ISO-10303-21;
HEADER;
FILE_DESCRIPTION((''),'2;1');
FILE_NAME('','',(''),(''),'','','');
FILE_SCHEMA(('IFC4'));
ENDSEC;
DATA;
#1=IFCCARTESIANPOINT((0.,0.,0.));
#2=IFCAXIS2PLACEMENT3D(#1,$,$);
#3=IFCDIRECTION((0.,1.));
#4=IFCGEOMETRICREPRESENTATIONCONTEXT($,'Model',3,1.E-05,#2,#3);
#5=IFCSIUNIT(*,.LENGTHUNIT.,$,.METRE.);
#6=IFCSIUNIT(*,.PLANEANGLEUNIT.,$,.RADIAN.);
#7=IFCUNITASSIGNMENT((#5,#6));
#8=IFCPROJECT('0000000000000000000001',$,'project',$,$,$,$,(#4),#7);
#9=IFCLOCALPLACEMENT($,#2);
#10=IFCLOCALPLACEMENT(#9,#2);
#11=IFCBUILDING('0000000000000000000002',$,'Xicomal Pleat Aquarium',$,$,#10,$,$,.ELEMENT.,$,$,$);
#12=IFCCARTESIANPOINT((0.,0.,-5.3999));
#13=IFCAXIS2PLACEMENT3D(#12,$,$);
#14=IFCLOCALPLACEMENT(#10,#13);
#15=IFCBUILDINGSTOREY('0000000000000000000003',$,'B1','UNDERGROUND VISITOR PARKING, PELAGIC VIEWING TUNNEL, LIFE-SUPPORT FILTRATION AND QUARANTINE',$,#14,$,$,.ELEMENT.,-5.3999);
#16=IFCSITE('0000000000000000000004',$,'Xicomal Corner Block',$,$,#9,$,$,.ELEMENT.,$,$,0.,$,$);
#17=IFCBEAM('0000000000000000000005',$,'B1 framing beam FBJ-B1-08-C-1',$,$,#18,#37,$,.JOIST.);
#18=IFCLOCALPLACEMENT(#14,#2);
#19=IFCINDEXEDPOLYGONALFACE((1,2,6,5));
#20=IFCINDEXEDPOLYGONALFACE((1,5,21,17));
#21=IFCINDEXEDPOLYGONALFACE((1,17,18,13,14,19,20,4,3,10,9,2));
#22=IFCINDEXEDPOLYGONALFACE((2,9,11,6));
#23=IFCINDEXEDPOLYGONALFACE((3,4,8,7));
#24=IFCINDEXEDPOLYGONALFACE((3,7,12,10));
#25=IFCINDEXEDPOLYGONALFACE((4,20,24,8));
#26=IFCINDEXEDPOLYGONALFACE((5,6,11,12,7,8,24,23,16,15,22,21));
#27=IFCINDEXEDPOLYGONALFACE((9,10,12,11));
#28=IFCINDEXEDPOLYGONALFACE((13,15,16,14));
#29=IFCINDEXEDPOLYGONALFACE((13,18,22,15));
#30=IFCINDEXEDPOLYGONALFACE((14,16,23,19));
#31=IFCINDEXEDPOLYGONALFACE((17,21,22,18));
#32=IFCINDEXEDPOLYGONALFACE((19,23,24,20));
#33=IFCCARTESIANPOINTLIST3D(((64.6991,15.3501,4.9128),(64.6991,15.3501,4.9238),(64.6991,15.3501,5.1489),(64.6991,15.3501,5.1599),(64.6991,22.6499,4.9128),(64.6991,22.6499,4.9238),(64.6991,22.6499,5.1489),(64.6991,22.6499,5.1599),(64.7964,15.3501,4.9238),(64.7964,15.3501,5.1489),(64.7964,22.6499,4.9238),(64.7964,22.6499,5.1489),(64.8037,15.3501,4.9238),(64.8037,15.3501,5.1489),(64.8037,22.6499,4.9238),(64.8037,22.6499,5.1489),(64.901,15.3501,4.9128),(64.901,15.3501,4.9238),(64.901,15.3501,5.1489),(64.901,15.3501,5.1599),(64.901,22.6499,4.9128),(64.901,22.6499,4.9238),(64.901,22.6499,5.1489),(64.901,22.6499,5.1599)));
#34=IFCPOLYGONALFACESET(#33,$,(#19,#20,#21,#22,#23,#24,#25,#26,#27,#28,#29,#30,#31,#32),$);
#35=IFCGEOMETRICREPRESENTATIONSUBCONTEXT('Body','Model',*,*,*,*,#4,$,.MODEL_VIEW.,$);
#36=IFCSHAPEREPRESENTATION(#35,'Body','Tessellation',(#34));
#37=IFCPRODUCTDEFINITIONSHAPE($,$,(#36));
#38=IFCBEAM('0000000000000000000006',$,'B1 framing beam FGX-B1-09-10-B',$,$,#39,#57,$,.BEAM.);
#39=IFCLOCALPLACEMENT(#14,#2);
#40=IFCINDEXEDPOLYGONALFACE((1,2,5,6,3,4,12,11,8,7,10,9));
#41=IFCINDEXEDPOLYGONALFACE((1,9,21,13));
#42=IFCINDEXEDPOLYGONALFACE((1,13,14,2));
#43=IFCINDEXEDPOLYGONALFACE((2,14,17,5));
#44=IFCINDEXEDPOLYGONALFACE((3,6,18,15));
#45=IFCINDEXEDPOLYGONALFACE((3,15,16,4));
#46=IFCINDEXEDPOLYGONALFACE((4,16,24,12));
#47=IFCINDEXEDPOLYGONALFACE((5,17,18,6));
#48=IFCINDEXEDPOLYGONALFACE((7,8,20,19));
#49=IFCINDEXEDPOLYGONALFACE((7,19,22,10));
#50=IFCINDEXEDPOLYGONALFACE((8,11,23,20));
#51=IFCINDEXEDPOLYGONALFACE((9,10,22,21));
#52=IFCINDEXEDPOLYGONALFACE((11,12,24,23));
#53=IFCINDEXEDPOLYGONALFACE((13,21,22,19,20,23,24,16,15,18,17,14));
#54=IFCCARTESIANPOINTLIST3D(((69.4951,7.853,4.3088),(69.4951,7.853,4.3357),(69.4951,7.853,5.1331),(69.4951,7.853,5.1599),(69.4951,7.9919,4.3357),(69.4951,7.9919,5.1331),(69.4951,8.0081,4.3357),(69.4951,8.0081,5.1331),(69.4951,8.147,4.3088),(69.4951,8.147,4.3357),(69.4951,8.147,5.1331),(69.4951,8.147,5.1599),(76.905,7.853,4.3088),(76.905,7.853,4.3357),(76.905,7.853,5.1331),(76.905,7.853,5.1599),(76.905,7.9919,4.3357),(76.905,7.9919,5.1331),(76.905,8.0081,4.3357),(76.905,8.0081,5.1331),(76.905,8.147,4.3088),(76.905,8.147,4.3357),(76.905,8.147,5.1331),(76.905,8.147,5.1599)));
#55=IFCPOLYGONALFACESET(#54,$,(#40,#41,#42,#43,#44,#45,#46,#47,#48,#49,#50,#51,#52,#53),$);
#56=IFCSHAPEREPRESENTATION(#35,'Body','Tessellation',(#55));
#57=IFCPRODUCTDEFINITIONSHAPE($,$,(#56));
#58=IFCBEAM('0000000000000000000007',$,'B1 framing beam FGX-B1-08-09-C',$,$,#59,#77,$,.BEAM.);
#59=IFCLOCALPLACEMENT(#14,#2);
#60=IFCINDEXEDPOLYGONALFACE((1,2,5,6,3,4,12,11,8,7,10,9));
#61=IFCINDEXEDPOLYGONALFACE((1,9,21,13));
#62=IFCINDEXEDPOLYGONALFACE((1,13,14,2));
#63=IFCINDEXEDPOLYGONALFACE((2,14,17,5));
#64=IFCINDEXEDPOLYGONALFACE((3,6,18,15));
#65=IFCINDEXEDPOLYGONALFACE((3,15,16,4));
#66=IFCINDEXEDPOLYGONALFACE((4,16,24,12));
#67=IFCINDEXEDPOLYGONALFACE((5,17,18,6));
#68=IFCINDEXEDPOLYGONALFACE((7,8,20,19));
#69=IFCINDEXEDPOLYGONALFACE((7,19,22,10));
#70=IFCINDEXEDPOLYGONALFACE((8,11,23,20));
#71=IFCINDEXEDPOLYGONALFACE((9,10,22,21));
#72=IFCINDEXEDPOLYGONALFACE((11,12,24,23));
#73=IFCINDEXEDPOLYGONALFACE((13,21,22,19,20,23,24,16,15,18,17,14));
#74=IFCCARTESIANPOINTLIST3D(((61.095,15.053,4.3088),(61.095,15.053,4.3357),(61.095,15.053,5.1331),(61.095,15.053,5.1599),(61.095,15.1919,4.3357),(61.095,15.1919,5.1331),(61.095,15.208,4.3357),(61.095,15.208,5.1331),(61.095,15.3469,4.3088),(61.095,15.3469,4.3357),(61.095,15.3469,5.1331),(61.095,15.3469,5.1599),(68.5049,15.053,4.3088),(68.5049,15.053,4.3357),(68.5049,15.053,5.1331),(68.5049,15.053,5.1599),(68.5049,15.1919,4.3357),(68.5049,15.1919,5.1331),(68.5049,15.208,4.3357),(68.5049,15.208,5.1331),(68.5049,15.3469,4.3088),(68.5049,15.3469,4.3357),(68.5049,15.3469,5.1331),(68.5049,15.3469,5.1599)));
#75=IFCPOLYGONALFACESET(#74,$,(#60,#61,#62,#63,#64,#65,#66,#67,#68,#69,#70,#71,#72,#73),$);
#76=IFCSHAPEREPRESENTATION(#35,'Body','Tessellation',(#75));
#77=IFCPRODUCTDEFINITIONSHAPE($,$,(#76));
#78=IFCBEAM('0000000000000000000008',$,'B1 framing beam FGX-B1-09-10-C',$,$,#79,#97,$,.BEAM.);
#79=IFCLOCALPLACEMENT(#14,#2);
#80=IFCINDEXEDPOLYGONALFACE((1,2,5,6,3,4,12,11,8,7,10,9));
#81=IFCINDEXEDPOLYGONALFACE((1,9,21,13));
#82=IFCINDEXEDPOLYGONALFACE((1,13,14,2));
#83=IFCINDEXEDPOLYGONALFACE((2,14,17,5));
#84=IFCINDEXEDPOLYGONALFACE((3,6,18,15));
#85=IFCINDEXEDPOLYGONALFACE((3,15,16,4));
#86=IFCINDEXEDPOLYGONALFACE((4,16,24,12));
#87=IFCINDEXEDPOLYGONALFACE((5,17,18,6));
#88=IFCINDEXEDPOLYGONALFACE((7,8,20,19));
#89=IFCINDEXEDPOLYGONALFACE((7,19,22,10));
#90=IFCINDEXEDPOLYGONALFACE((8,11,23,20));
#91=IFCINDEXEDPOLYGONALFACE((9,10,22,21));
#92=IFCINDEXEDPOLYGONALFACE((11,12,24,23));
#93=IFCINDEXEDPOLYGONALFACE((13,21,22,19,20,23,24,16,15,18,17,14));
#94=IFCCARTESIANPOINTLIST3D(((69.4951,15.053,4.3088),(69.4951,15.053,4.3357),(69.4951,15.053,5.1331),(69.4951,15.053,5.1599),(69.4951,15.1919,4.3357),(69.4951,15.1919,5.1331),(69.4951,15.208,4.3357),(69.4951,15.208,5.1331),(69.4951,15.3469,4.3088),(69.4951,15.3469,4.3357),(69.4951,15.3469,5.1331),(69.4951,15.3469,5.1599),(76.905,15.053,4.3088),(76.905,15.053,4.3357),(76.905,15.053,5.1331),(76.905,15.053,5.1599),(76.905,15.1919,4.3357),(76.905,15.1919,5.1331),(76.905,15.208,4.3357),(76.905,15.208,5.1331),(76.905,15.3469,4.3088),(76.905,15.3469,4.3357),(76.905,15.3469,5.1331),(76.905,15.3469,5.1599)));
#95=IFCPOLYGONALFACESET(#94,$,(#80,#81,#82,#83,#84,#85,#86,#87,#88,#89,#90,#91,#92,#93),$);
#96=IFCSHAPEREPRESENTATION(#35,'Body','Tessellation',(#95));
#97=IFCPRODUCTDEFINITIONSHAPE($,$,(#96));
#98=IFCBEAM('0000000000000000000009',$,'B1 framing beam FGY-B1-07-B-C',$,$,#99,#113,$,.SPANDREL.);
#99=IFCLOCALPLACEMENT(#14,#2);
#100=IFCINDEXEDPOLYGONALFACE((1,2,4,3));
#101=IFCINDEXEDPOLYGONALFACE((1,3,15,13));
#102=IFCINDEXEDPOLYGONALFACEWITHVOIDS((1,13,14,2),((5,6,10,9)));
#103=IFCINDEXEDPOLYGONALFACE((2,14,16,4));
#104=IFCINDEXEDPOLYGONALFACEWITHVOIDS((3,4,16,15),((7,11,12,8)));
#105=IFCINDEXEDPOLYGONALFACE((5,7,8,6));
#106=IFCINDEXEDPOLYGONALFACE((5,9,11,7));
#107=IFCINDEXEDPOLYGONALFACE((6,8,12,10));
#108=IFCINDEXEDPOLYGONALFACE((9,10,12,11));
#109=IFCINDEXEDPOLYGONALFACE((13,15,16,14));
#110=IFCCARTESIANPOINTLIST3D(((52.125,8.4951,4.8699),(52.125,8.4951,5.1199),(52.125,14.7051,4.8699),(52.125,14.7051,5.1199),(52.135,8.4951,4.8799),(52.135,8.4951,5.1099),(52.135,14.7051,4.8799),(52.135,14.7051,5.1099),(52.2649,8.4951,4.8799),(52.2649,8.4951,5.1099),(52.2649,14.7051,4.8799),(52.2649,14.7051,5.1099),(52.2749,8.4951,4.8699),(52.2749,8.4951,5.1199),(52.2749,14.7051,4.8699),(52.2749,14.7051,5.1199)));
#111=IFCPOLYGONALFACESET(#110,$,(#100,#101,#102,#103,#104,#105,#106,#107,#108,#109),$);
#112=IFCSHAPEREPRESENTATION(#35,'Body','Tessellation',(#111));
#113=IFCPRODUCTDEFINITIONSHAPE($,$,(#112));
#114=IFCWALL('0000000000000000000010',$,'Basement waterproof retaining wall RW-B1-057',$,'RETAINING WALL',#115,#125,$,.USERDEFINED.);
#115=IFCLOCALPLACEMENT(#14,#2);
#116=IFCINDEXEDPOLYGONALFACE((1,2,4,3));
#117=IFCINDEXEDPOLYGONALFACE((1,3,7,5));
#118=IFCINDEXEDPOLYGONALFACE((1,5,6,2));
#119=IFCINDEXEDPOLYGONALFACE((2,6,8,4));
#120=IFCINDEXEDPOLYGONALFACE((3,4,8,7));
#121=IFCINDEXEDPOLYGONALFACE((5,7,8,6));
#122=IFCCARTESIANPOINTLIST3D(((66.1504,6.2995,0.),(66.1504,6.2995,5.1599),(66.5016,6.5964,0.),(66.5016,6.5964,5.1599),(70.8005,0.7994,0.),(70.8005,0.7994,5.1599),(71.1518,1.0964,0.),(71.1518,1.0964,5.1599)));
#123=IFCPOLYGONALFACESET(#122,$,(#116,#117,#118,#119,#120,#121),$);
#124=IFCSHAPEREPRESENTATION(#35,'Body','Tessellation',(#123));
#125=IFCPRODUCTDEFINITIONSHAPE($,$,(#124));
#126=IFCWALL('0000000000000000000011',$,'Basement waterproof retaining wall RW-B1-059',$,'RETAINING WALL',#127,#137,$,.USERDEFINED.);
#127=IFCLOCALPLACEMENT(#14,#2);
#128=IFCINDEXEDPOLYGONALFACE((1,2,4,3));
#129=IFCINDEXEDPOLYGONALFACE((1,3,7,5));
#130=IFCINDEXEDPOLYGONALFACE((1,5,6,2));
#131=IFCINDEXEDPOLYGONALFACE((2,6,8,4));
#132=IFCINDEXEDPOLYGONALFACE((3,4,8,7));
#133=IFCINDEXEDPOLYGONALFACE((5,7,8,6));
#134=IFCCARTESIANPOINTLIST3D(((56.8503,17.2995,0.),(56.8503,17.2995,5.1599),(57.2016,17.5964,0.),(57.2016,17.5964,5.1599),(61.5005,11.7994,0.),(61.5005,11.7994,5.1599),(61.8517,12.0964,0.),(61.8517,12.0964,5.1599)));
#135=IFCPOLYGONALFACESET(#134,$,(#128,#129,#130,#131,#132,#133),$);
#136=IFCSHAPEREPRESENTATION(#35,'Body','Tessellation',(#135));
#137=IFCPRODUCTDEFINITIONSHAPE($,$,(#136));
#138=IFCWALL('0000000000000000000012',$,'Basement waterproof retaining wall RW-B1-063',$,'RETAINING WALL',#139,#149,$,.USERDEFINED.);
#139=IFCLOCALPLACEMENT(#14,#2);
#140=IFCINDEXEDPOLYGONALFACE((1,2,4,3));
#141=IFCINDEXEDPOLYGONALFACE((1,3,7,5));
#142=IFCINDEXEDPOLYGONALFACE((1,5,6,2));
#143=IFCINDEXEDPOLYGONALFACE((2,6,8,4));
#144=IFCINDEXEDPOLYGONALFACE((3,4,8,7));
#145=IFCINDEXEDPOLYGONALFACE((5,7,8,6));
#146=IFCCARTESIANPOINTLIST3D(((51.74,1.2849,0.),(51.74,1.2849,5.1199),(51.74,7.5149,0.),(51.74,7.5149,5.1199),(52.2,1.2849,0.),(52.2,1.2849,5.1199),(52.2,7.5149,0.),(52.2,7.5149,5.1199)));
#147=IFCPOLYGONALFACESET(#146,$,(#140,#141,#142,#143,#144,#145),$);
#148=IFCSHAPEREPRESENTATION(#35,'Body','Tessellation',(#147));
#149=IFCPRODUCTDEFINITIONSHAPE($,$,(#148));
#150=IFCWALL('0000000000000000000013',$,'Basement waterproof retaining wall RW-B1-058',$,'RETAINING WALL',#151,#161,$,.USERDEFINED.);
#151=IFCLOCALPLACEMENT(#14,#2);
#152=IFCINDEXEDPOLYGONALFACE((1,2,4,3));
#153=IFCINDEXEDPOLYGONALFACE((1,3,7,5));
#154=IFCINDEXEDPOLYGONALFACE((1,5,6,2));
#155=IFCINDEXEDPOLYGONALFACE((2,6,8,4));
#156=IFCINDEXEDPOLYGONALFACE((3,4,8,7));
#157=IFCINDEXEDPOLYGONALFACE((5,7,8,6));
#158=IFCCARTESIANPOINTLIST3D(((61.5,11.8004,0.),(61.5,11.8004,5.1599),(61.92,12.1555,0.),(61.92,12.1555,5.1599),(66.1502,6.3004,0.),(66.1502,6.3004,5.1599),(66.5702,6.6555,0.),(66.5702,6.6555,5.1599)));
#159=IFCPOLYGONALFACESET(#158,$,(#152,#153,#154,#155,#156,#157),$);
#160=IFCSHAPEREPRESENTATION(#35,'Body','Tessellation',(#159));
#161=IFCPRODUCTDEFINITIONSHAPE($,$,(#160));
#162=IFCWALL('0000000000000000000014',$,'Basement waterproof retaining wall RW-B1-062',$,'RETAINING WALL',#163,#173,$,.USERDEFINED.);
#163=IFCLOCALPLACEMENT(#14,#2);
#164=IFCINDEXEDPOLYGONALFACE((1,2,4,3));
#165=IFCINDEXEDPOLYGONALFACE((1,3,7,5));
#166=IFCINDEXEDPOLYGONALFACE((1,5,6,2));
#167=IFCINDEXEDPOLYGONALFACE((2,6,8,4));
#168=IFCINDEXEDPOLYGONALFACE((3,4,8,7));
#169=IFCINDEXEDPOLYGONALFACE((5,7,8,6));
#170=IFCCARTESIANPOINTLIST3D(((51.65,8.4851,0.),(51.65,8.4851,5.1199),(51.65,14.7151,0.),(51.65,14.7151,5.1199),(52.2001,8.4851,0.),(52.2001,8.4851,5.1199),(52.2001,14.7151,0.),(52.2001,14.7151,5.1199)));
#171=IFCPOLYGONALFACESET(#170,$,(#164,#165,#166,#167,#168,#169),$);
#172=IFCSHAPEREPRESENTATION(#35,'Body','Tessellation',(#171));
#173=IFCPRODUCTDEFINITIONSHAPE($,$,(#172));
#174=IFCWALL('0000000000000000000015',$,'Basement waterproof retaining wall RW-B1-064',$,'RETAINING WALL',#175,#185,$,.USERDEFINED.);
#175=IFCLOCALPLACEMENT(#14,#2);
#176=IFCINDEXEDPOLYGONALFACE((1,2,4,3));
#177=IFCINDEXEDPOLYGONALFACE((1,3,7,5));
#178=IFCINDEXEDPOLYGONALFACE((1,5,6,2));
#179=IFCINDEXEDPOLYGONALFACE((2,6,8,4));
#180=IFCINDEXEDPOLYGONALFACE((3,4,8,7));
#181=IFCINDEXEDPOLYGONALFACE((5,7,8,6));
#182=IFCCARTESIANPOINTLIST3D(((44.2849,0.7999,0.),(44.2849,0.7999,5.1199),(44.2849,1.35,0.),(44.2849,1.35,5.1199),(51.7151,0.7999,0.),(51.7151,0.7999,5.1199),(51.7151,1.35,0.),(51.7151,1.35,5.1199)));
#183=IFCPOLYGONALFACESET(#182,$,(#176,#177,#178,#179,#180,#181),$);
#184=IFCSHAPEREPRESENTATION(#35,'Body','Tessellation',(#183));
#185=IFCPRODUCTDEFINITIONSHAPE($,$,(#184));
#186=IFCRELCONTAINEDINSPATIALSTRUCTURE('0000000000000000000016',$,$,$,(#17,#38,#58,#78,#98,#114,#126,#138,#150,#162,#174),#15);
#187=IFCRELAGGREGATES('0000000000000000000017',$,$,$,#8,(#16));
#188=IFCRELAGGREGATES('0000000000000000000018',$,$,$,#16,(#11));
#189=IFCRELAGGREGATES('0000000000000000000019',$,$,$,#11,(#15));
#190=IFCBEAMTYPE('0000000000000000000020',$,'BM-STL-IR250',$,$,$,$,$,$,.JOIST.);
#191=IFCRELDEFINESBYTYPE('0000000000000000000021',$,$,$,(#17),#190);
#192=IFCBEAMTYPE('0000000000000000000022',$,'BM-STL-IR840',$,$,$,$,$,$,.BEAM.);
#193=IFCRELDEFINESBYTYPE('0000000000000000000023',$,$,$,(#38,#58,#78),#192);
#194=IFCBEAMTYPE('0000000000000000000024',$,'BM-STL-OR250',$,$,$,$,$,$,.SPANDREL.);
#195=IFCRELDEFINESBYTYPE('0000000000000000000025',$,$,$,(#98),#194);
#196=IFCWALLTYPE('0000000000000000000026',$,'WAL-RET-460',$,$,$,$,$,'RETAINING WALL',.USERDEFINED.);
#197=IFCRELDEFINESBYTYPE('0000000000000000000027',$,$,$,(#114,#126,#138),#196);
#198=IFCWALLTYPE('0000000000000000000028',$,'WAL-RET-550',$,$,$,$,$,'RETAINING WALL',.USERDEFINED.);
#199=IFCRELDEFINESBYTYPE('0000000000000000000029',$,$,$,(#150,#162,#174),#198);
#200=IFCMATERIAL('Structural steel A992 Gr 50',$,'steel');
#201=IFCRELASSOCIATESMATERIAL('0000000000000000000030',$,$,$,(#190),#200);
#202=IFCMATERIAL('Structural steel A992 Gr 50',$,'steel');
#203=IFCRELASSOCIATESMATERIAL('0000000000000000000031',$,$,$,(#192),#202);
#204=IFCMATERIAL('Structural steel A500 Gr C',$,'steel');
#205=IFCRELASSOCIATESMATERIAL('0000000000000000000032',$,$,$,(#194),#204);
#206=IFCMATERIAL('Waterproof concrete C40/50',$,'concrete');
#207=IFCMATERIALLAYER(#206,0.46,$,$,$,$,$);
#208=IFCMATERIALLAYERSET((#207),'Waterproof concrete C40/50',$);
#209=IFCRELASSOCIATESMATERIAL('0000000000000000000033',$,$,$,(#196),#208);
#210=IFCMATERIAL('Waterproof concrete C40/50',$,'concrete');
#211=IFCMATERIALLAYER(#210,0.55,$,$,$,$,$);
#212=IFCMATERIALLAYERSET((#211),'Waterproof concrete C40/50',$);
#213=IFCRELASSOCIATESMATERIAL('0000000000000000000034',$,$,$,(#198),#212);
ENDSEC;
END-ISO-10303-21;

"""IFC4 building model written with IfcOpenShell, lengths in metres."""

from ifc_helpers import new_model, si_unit, direction, frame, frame_2d, origin, origin_2d, place, context, subcontext, project, spatial, rectangle, hollow_rectangle, i_section, extrude, material, layer, layer_set, material_profile, profile_set, type_object, element, save


model = new_model("IFC4")

# Units and contexts
model_context = context("Model", 3, precision=1e-05, world=origin(), true_north=direction((0.0, 1.0)))
body_context = subcontext(model_context, "Body", "Model", "MODEL_VIEW")
ifc_project = project(units=[si_unit("LENGTHUNIT", "METRE"), si_unit("PLANEANGLEUNIT", "RADIAN")], contexts=[model_context])

# Site, building, storey
site_placement = place(None, origin())
site = spatial("IfcSite", under=ifc_project, at=site_placement, Name="Xicomal Corner Block", CompositionType="ELEMENT", RefElevation=0.0)
building_placement = place(site_placement, origin())
building = spatial("IfcBuilding", under=site, at=building_placement, Name="Xicomal Pleat Aquarium", CompositionType="ELEMENT")
storey_placement = place(building_placement, frame((0.0, 0.0, -5.3999)))
storey = spatial("IfcBuildingStorey", under=building, at=storey_placement, Name="B1", Description="UNDERGROUND VISITOR PARKING, PELAGIC VIEWING TUNNEL, LIFE-SUPPORT FILTRATION AND QUARANTINE", CompositionType="ELEMENT", Elevation=-5.3999)

# Beams
ifc_material_1 = material(Name="Structural steel A992 Gr 50", Category="steel")
ifc_material_profile_1 = material_profile(ifc_material_1, i_section(OverallWidth=0.2019, OverallDepth=0.2471, WebThickness=0.0073, FlangeThickness=0.011, at=origin_2d()), Name="IR 250x49")
ifc_profile_set_1 = profile_set([ifc_material_profile_1], Name="Structural steel A992 Gr 50")
beam_type_1 = type_object("IfcBeamType", Name="BM-STL-IR250", PredefinedType="JOIST", material=ifc_profile_set_1)
beam_1_placement = place(storey_placement, frame((64.8, 15.3501, 5.0364), z_axis=(0.0, 1.0, 0.0), x_axis=(-1.0, 0.0, 0.0)))
element("IfcBeam", 1, at=beam_1_placement, inside=storey, type_object=beam_type_1, Name="B1 framing beam FBJ-B1-08-C-1", PredefinedType="JOIST", context=body_context, shape_type="SweptSolid", body=[
    extrude(i_section(OverallWidth=0.2019, OverallDepth=0.2471, WebThickness=0.0073, FlangeThickness=0.011, at=origin_2d()), origin(), (0.0, 0.0, 1.0), 7.2998),
])
ifc_material_2 = material(Name="Structural steel A992 Gr 50", Category="steel")
ifc_material_profile_2 = material_profile(ifc_material_2, i_section(OverallWidth=0.2939, OverallDepth=0.8511, WebThickness=0.0161, FlangeThickness=0.0269, at=origin_2d()), Name="IR 840x226")
ifc_profile_set_2 = profile_set([ifc_material_profile_2], Name="Structural steel A992 Gr 50")
beam_type_2 = type_object("IfcBeamType", Name="BM-STL-IR840", PredefinedType="BEAM", material=ifc_profile_set_2)
for number, where, z_axis, x_axis, name in (
    (2, (69.4951, 8.0, 4.7344), (1.0, 0.0, 0.0), (0.0, 1.0, 0.0), "B1 framing beam FGX-B1-09-10-B"),
    (3, (61.095, 15.2, 4.7344), (1.0, 0.0, 0.0), (0.0, 1.0, 0.0), "B1 framing beam FGX-B1-08-09-C"),
    (4, (69.4951, 15.2, 4.7344), (1.0, 0.0, 0.0), (0.0, 1.0, 0.0), "B1 framing beam FGX-B1-09-10-C"),
):
    element("IfcBeam", number, at=place(storey_placement, frame(where, z_axis=z_axis, x_axis=x_axis)), inside=storey, type_object=beam_type_2, Name=name, PredefinedType="BEAM", context=body_context, shape_type="SweptSolid", body=[
        extrude(i_section(OverallWidth=0.2939, OverallDepth=0.8511, WebThickness=0.0161, FlangeThickness=0.0269, at=origin_2d()), origin(), (0.0, 0.0, 1.0), 7.4099),
    ])
ifc_material_3 = material(Name="Structural steel A500 Gr C", Category="steel")
ifc_material_profile_3 = material_profile(ifc_material_3, hollow_rectangle(XDim=0.1499, YDim=0.25, WallThickness=0.01, at=origin_2d()), Name="OR 250x150x10")
ifc_profile_set_3 = profile_set([ifc_material_profile_3], Name="Structural steel A500 Gr C")
beam_type_3 = type_object("IfcBeamType", Name="BM-STL-OR250", PredefinedType="SPANDREL", material=ifc_profile_set_3)
beam_2_placement = place(storey_placement, frame((52.2, 8.4951, 4.9949), z_axis=(0.0, 1.0, 0.0), x_axis=(-1.0, 0.0, 0.0)))
element("IfcBeam", 5, at=beam_2_placement, inside=storey, type_object=beam_type_3, Name="B1 framing beam FGY-B1-07-B-C", PredefinedType="SPANDREL", context=body_context, shape_type="SweptSolid", body=[
    extrude(hollow_rectangle(XDim=0.1499, YDim=0.25, WallThickness=0.01, at=origin_2d()), origin(), (0.0, 0.0, 1.0), 6.21),
])

# Walls
ifc_material_4 = material(Name="Waterproof concrete C40/50", Category="concrete")
ifc_layer_1 = layer(ifc_material_4, 0.46)
ifc_layer_set_1 = layer_set([ifc_layer_1], Name="Waterproof concrete C40/50")
wall_type_1 = type_object("IfcWallType", Name="WAL-RET-460", ElementType="RETAINING WALL", PredefinedType="USERDEFINED", material=ifc_layer_set_1)
for number, where, z_axis, x_axis, name in (
    (6, (70.9761, 0.948, 0.0), (0.0, 0.0, 1.0), (-0.645643, 0.76364, 0.0), "Basement waterproof retaining wall RW-B1-057"),
    (7, (61.676, 11.948, 0.0), (0.0, 0.0, 1.0), (-0.645643, 0.76364, 0.0), "Basement waterproof retaining wall RW-B1-059"),
):
    element("IfcWall", number, at=place(storey_placement, frame(where, z_axis=z_axis, x_axis=x_axis)), inside=storey, type_object=wall_type_1, Name=name, ObjectType="RETAINING WALL", PredefinedType="USERDEFINED", context=body_context, shape_type="SweptSolid", body=[
        extrude(rectangle(XDim=7.2024, YDim=0.46, at=frame_2d((3.6011, 0.0))), origin(), (0.0, 0.0, 1.0), 5.1599),
    ])
wall_1_placement = place(storey_placement, frame((51.97, 7.5149, 0.0), z_axis=(0.0, 0.0, 1.0), x_axis=(0.0, -1.0, 0.0)))
element("IfcWall", 8, at=wall_1_placement, inside=storey, type_object=wall_type_1, Name="Basement waterproof retaining wall RW-B1-063", ObjectType="RETAINING WALL", PredefinedType="USERDEFINED", context=body_context, shape_type="SweptSolid", body=[
    extrude(rectangle(XDim=6.23, YDim=0.46, at=frame_2d((3.115, 0.0))), origin(), (0.0, 0.0, 1.0), 5.1199),
])
ifc_material_5 = material(Name="Waterproof concrete C40/50", Category="concrete")
ifc_layer_2 = layer(ifc_material_5, 0.55)
ifc_layer_set_2 = layer_set([ifc_layer_2], Name="Waterproof concrete C40/50")
wall_type_2 = type_object("IfcWallType", Name="WAL-RET-550", ElementType="RETAINING WALL", PredefinedType="USERDEFINED", material=ifc_layer_set_2)
wall_2_placement = place(storey_placement, frame((66.3601, 6.478, 0.0), z_axis=(0.0, 0.0, 1.0), x_axis=(-0.645643, 0.76364, 0.0)))
element("IfcWall", 9, at=wall_2_placement, inside=storey, type_object=wall_type_2, Name="Basement waterproof retaining wall RW-B1-058", ObjectType="RETAINING WALL", PredefinedType="USERDEFINED", context=body_context, shape_type="SweptSolid", body=[
    extrude(rectangle(XDim=7.2024, YDim=0.55, at=frame_2d((3.6011, 0.0))), origin(), (0.0, 0.0, 1.0), 5.1599),
])
wall_3_placement = place(storey_placement, frame((51.925, 14.7151, 0.0), z_axis=(0.0, 0.0, 1.0), x_axis=(0.0, -1.0, 0.0)))
element("IfcWall", 10, at=wall_3_placement, inside=storey, type_object=wall_type_2, Name="Basement waterproof retaining wall RW-B1-062", ObjectType="RETAINING WALL", PredefinedType="USERDEFINED", context=body_context, shape_type="SweptSolid", body=[
    extrude(rectangle(XDim=6.23, YDim=0.55, at=frame_2d((3.115, 0.0))), origin(), (0.0, 0.0, 1.0), 5.1199),
])
wall_4_placement = place(storey_placement, frame((51.7151, 1.075, 0.0), z_axis=(0.0, 0.0, 1.0), x_axis=(-1.0, 0.0, 0.0)))
element("IfcWall", 11, at=wall_4_placement, inside=storey, type_object=wall_type_2, Name="Basement waterproof retaining wall RW-B1-064", ObjectType="RETAINING WALL", PredefinedType="USERDEFINED", context=body_context, shape_type="SweptSolid", body=[
    extrude(rectangle(XDim=7.4302, YDim=0.55, at=frame_2d((3.7151, 0.0))), origin(), (0.0, 0.0, 1.0), 5.1199),
])

save(model, "model.ifc")
